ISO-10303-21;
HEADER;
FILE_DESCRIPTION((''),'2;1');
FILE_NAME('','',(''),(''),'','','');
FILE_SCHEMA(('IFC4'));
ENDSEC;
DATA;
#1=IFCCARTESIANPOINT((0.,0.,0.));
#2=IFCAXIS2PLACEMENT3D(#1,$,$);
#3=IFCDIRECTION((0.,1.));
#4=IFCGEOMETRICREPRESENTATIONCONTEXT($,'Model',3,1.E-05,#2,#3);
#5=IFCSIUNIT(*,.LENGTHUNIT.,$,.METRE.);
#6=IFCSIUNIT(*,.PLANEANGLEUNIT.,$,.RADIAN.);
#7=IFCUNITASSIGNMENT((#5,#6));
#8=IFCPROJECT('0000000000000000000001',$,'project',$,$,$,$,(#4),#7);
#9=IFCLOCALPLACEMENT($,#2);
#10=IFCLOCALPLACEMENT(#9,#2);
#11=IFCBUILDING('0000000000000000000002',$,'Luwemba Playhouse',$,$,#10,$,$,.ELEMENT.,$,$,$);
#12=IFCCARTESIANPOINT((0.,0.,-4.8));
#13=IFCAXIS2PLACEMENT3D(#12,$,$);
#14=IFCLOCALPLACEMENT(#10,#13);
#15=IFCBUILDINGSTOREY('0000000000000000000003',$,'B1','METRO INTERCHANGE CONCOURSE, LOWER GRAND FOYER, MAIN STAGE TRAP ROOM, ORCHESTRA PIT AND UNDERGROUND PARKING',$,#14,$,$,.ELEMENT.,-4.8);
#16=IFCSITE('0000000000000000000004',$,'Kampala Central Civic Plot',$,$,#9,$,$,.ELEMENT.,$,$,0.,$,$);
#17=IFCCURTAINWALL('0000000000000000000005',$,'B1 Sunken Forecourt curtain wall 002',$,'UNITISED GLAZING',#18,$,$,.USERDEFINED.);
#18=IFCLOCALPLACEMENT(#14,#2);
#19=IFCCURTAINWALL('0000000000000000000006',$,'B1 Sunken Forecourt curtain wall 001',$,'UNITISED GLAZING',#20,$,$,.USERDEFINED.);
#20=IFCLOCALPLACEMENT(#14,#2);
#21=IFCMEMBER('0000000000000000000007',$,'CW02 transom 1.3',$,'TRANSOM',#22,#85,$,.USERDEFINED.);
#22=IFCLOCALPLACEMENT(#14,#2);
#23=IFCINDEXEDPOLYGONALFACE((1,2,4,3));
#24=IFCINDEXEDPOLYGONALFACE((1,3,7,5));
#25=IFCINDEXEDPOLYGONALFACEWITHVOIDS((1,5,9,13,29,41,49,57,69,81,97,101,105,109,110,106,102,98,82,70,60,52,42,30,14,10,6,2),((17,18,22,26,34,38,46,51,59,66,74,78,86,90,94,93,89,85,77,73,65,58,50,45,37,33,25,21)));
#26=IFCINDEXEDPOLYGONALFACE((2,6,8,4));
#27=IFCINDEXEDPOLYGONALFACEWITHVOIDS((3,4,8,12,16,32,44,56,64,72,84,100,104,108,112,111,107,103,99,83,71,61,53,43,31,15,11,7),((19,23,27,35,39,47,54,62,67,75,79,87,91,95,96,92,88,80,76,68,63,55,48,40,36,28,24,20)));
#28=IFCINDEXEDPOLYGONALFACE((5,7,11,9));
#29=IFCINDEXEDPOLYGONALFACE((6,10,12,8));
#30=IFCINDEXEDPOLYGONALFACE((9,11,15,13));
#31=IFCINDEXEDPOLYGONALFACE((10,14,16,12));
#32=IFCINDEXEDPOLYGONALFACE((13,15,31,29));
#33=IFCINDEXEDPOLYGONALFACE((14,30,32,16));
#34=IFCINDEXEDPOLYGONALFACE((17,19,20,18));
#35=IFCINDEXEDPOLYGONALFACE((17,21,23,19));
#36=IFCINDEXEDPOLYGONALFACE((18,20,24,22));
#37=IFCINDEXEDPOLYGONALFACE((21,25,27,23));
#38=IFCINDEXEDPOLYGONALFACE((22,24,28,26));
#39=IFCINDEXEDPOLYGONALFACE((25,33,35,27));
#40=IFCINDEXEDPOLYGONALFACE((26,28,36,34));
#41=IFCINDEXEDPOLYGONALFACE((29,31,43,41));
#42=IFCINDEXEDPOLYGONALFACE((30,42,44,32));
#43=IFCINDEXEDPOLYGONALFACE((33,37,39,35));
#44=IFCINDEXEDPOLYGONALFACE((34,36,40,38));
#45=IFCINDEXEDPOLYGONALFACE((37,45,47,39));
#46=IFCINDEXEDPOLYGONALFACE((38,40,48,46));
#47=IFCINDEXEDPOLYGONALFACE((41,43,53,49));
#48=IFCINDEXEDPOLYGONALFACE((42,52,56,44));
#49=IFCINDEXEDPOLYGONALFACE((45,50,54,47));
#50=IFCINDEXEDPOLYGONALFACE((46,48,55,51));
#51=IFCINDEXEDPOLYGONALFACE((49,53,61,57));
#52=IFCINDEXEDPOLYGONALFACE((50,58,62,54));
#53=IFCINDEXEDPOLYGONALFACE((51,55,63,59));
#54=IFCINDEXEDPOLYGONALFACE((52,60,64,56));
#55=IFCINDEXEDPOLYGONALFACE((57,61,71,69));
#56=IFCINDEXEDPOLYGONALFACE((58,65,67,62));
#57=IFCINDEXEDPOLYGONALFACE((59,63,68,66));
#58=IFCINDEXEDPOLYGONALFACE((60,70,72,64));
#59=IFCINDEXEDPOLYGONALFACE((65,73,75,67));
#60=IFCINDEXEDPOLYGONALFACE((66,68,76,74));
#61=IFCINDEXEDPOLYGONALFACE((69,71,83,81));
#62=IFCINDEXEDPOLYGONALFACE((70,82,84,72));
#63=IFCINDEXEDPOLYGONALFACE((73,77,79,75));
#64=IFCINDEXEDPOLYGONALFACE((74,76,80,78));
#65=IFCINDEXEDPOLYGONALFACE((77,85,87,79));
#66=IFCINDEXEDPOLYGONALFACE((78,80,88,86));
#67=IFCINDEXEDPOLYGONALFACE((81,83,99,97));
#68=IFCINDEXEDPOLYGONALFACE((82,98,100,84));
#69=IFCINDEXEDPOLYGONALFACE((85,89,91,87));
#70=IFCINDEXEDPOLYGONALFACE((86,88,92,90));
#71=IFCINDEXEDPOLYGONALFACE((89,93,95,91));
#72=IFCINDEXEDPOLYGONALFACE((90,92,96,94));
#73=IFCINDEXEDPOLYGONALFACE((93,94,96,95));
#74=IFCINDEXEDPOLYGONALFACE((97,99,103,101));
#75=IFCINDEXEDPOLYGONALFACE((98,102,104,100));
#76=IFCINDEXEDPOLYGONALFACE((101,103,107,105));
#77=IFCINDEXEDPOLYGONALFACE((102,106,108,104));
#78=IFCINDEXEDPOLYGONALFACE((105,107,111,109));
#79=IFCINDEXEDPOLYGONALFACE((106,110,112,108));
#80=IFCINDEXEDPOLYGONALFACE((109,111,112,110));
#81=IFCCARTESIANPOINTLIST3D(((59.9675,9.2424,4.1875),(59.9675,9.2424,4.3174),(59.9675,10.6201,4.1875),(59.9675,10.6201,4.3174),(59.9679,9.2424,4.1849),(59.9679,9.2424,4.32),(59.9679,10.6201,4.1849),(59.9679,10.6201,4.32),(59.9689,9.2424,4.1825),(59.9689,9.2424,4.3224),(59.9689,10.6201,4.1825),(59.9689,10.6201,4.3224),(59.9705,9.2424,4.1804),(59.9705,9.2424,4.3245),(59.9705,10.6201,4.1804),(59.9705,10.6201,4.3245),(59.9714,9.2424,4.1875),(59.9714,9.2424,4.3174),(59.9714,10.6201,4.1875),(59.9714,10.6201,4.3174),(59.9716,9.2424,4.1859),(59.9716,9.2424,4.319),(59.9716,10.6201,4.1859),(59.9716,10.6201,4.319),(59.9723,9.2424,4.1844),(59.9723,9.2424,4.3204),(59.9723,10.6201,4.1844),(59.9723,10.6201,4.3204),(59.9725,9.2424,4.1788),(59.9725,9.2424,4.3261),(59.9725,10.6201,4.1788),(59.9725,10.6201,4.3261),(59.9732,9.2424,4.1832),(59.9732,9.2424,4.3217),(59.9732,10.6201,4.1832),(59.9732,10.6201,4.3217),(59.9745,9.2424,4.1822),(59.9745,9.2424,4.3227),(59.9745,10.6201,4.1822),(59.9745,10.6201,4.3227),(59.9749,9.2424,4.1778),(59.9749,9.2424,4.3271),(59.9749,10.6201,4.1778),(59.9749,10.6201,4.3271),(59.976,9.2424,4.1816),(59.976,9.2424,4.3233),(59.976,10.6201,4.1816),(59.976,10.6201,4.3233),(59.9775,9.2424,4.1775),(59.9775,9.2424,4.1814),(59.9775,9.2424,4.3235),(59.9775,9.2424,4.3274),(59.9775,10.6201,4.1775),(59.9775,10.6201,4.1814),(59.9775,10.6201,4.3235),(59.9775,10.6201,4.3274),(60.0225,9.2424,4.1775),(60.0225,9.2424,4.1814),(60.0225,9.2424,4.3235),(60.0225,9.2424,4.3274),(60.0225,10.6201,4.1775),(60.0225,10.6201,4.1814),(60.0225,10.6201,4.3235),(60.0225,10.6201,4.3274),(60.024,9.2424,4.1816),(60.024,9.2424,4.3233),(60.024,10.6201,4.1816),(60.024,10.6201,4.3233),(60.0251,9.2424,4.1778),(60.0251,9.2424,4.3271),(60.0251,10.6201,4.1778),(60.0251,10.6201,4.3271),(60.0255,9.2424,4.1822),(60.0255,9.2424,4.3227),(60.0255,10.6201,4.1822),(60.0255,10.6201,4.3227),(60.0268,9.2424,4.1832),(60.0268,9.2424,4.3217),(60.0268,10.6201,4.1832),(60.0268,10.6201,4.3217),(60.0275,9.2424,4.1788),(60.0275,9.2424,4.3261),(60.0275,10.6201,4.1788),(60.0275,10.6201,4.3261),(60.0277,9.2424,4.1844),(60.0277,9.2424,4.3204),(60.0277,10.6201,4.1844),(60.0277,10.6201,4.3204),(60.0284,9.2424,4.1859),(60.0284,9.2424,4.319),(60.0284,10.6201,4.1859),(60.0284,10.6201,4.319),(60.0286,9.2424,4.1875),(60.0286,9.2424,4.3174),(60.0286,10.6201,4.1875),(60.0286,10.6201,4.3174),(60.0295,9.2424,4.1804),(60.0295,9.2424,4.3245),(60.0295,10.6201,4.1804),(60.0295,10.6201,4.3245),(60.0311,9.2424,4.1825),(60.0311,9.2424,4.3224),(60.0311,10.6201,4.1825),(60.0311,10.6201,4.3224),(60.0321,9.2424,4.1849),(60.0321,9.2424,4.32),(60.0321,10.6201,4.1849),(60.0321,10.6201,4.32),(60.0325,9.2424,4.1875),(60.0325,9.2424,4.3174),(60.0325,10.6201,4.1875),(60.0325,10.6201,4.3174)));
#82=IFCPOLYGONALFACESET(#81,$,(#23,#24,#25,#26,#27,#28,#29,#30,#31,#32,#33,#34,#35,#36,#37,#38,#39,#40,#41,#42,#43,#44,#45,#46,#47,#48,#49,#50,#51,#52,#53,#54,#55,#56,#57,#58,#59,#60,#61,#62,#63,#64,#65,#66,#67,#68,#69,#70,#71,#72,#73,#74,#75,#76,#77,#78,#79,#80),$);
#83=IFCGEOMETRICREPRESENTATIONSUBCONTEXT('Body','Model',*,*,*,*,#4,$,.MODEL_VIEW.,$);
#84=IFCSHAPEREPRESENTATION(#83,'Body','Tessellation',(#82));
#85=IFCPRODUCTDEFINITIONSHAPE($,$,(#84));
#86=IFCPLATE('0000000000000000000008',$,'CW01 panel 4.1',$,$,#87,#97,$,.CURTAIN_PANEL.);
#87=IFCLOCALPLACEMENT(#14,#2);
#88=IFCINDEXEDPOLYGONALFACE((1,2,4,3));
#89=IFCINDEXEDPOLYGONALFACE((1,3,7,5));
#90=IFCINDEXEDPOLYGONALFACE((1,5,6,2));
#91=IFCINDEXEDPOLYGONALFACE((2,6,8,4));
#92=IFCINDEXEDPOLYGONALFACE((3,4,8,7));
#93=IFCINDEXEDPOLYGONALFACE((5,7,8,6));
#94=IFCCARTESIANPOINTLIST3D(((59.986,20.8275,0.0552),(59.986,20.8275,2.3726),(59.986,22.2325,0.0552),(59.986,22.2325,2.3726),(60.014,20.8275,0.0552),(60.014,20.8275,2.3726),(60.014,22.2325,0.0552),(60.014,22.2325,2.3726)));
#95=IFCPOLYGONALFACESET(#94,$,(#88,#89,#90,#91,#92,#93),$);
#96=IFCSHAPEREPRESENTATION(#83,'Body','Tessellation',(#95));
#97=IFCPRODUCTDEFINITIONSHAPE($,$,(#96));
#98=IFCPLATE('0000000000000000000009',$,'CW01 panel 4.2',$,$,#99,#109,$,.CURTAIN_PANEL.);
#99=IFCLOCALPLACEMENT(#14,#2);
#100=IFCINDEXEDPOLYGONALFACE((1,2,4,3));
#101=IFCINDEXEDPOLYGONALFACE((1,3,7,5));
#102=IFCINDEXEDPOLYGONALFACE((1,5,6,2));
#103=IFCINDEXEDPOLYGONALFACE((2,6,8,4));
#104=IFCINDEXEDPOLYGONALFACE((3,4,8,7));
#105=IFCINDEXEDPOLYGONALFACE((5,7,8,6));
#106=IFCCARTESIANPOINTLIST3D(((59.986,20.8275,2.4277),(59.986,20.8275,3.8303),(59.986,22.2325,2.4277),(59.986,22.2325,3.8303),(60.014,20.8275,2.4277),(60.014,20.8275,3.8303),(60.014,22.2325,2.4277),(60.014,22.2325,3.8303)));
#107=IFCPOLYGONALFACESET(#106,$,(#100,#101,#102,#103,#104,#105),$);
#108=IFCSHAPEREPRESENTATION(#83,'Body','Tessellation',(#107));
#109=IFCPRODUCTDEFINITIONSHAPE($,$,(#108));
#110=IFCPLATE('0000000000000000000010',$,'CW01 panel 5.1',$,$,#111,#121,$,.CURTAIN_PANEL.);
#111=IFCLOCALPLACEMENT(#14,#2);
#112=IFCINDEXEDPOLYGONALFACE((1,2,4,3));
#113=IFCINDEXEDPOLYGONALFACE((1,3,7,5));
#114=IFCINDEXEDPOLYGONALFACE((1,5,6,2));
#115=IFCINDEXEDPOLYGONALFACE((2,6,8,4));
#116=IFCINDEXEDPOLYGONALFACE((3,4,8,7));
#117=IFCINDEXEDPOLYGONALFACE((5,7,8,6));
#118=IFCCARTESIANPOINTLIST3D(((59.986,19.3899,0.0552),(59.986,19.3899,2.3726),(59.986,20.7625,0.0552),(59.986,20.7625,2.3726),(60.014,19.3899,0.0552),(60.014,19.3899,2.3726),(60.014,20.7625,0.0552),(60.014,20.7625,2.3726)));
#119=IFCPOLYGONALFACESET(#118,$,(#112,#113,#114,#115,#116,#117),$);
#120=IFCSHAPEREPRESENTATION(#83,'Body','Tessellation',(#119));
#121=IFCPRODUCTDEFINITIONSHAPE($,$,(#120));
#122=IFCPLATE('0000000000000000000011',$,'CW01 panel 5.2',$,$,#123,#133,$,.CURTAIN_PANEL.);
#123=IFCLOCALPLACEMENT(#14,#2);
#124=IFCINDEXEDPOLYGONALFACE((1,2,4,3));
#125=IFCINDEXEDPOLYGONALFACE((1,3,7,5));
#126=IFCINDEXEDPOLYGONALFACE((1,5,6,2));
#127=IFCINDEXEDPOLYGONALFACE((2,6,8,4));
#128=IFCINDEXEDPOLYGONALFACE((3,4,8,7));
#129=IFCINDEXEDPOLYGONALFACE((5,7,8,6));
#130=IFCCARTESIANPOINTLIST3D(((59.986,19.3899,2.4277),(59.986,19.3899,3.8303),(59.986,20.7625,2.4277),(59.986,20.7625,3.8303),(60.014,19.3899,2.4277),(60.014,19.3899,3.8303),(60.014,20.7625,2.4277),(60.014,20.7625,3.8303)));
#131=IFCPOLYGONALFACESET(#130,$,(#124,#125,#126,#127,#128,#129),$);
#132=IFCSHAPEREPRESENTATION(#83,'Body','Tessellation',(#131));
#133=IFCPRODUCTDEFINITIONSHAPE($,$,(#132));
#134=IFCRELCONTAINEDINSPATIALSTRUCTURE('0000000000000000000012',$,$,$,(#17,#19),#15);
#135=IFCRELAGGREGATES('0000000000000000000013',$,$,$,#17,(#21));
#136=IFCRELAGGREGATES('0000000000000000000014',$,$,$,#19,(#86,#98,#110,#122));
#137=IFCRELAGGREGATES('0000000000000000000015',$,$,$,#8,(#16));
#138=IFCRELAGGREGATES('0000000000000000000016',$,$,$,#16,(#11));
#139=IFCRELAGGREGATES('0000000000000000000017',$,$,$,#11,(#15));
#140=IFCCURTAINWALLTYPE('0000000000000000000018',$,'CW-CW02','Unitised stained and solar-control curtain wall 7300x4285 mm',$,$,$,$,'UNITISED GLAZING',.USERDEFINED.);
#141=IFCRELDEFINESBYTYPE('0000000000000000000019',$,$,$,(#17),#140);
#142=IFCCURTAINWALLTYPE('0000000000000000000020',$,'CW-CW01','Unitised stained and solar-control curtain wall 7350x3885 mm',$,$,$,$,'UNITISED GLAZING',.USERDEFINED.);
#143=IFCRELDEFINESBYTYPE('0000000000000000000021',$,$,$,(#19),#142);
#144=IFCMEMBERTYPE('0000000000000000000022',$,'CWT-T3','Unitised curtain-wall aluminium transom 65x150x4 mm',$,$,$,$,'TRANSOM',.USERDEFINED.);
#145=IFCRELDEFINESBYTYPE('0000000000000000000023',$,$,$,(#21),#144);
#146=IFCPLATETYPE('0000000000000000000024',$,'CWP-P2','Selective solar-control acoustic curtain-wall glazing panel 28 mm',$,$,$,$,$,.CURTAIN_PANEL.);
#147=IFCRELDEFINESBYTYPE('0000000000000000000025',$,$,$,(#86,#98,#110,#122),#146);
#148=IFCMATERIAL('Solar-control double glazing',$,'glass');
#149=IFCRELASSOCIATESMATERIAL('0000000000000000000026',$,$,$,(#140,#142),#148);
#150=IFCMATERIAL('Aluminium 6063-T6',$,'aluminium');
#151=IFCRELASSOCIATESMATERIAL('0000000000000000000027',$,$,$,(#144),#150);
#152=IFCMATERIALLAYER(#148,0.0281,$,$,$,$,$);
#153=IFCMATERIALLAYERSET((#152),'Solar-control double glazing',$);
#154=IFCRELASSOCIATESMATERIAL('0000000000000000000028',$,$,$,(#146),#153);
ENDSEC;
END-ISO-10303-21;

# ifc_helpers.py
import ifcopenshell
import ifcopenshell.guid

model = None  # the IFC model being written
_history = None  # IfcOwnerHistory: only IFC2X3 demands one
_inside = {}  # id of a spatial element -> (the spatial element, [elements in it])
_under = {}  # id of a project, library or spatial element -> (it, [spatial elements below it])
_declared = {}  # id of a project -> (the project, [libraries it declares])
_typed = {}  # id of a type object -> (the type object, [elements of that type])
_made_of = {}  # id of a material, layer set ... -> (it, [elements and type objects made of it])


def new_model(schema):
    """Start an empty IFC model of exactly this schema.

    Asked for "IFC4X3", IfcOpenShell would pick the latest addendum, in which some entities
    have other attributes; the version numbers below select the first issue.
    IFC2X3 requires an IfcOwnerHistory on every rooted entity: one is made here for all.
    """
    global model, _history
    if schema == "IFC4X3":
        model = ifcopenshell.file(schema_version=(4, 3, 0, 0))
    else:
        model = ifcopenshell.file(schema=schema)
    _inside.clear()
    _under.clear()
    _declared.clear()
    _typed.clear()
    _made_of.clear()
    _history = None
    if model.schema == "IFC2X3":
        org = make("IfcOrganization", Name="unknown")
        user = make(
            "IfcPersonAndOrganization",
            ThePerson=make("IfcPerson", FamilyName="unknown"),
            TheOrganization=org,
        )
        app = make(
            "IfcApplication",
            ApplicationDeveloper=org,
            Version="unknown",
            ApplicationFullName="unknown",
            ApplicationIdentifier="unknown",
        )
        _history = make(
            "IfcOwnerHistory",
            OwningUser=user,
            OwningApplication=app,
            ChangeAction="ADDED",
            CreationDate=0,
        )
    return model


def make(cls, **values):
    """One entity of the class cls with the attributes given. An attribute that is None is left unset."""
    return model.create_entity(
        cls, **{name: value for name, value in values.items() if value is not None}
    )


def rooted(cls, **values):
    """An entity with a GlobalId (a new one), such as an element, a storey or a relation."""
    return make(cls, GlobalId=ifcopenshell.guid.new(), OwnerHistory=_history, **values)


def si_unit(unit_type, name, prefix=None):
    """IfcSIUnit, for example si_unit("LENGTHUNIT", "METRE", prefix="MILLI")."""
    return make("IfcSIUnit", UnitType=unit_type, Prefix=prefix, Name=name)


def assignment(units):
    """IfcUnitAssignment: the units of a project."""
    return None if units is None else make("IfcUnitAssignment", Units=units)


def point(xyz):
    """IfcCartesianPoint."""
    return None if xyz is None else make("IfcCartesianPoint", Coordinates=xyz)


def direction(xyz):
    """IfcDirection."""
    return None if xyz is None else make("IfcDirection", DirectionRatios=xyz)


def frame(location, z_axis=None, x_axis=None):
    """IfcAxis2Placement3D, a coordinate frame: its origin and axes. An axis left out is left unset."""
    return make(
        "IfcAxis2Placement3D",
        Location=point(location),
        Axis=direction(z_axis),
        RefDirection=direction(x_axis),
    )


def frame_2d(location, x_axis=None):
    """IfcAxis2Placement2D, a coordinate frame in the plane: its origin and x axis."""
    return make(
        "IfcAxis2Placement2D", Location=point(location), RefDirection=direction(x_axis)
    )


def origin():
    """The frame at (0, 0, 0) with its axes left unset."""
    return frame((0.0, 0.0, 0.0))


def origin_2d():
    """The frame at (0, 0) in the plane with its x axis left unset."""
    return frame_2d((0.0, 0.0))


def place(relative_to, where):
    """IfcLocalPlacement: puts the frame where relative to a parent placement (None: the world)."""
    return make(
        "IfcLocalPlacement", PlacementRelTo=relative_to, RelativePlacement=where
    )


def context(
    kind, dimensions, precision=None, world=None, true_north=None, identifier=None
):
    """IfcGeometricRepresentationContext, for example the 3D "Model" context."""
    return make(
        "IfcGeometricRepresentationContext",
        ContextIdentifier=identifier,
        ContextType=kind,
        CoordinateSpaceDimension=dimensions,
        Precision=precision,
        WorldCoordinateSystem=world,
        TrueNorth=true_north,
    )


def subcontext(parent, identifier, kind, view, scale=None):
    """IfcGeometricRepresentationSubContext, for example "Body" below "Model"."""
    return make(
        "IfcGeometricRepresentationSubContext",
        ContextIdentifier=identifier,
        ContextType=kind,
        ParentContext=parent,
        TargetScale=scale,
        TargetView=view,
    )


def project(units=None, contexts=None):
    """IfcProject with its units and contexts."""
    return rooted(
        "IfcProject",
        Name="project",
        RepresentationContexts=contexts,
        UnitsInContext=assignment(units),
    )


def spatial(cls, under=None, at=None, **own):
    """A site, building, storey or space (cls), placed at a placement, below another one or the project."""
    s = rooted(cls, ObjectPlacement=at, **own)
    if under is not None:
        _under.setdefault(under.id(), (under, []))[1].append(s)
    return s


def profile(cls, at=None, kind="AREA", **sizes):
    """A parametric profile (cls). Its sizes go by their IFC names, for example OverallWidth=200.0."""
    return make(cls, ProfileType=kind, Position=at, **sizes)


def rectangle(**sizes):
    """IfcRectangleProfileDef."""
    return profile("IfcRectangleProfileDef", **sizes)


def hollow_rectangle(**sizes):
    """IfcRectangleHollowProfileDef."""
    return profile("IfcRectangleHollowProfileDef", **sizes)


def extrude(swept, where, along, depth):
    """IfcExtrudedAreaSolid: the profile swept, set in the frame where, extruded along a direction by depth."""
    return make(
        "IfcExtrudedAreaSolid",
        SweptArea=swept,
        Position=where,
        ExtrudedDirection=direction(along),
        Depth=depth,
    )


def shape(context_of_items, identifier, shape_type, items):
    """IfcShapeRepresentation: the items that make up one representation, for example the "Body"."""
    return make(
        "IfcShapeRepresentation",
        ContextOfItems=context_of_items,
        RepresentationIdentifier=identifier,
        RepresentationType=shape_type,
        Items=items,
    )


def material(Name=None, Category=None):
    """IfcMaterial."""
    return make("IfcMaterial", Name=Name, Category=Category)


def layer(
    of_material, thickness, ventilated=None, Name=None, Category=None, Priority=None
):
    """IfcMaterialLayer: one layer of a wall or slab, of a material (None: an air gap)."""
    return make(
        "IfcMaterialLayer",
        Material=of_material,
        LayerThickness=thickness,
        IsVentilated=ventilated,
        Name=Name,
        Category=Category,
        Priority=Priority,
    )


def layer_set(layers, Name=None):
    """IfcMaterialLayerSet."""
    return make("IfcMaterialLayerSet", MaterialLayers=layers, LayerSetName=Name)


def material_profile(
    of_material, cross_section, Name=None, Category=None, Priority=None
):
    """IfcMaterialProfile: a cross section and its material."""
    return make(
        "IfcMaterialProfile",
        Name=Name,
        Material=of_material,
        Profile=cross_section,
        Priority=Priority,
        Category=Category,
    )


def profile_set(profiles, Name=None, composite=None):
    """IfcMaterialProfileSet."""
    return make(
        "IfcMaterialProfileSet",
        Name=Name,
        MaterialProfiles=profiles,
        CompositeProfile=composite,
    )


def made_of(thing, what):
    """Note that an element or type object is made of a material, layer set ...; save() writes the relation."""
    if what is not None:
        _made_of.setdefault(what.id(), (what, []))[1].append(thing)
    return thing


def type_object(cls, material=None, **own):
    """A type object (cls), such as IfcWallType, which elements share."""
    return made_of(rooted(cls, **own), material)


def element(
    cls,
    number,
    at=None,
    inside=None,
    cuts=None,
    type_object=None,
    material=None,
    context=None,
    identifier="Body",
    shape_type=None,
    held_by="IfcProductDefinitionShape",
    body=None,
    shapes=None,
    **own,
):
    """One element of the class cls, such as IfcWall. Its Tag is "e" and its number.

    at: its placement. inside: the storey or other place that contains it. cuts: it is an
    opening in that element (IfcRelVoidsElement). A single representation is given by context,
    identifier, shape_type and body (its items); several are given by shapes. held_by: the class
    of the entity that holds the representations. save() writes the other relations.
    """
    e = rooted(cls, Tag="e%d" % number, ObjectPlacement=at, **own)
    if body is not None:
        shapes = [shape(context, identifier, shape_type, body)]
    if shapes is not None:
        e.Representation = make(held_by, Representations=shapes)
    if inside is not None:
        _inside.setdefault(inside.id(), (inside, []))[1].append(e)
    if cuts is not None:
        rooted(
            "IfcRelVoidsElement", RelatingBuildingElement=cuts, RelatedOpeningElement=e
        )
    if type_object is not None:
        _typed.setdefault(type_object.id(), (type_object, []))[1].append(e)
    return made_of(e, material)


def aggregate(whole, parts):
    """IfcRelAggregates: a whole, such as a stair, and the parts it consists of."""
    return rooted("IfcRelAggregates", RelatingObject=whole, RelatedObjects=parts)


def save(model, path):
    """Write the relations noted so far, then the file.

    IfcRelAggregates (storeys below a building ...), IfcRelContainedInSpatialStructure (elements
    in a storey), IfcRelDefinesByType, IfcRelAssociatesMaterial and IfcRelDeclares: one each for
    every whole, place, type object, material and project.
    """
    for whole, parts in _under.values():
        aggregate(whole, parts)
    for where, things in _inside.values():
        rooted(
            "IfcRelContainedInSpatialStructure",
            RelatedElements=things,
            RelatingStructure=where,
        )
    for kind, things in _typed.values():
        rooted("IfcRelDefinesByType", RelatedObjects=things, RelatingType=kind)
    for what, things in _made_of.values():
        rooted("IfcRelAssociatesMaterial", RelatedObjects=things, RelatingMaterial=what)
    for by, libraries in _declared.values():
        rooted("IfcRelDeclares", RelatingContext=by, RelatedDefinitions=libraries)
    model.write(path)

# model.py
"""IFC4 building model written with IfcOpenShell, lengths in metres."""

from ifc_helpers import new_model, si_unit, direction, frame, origin, origin_2d, place, context, subcontext, project, spatial, rectangle, hollow_rectangle, extrude, material, layer, layer_set, material_profile, profile_set, type_object, element, aggregate, save


model = new_model("IFC4")

# Units and contexts
model_context = context("Model", 3, precision=1e-05, world=origin(), true_north=direction((0.0, 1.0)))
body_context = subcontext(model_context, "Body", "Model", "MODEL_VIEW")
ifc_project = project(units=[si_unit("LENGTHUNIT", "METRE"), si_unit("PLANEANGLEUNIT", "RADIAN")], contexts=[model_context])

# Site, building, storey
site_placement = place(None, origin())
site = spatial("IfcSite", under=ifc_project, at=site_placement, Name="Kampala Central Civic Plot", CompositionType="ELEMENT", RefElevation=0.0)
building_placement = place(site_placement, origin())
building = spatial("IfcBuilding", under=site, at=building_placement, Name="Luwemba Playhouse", CompositionType="ELEMENT")
storey_placement = place(building_placement, frame((0.0, 0.0, -4.8)))
storey = spatial("IfcBuildingStorey", under=building, at=storey_placement, Name="B1", Description="METRO INTERCHANGE CONCOURSE, LOWER GRAND FOYER, MAIN STAGE TRAP ROOM, ORCHESTRA PIT AND UNDERGROUND PARKING", CompositionType="ELEMENT", Elevation=-4.8)

# Curtain wall
ifc_material_1 = material(Name="Solar-control double glazing", Category="glass")
curtain_wall_type_1 = type_object("IfcCurtainWallType", Name="CW-CW02", Description="Unitised stained and solar-control curtain wall 7300x4285 mm", ElementType="UNITISED GLAZING", PredefinedType="USERDEFINED", material=ifc_material_1)
curtain_wall_1_placement = place(storey_placement, origin())
curtain_wall_1 = element("IfcCurtainWall", 1, at=curtain_wall_1_placement, inside=storey, type_object=curtain_wall_type_1, Name="B1 Sunken Forecourt curtain wall 002", ObjectType="UNITISED GLAZING", PredefinedType="USERDEFINED")
ifc_material_2 = material(Name="Aluminium 6063-T6", Category="aluminium")

# Curtain wall
curtain_wall_type_2 = type_object("IfcCurtainWallType", Name="CW-CW01", Description="Unitised stained and solar-control curtain wall 7350x3885 mm", ElementType="UNITISED GLAZING", PredefinedType="USERDEFINED", material=ifc_material_1)
curtain_wall_2_placement = place(storey_placement, origin())
curtain_wall_2 = element("IfcCurtainWall", 2, at=curtain_wall_2_placement, inside=storey, type_object=curtain_wall_type_2, Name="B1 Sunken Forecourt curtain wall 001", ObjectType="UNITISED GLAZING", PredefinedType="USERDEFINED")

# Member
ifc_material_profile_1 = material_profile(ifc_material_2, hollow_rectangle(XDim=0.0649, YDim=0.1499, WallThickness=0.0039, InnerFilletRadius=0.0061, OuterFilletRadius=0.01, at=origin_2d()))
ifc_profile_set_1 = profile_set([ifc_material_profile_1], Name="Aluminium 6063-T6")
member_type_1 = type_object("IfcMemberType", Name="CWT-T3", Description="Unitised curtain-wall aluminium transom 65x150x4 mm", ElementType="TRANSOM", PredefinedType="USERDEFINED", material=ifc_profile_set_1)
member_1_placement = place(storey_placement, frame((60.0, 10.6201, 4.2524), z_axis=(0.0, -1.0, 0.0), x_axis=(1.0, 0.0, 0.0)))
member_1 = element("IfcMember", 3, at=member_1_placement, type_object=member_type_1, Name="CW02 transom 1.3", ObjectType="TRANSOM", PredefinedType="USERDEFINED", context=body_context, shape_type="SweptSolid", body=[
    extrude(hollow_rectangle(XDim=0.0649, YDim=0.1499, WallThickness=0.0039, InnerFilletRadius=0.0061, OuterFilletRadius=0.01, at=origin_2d()), origin(), (0.0, 0.0, 1.0), 1.3777),
])
aggregate(curtain_wall_1, [member_1])

# Plates
ifc_layer_1 = layer(ifc_material_1, 0.0281)
ifc_layer_set_1 = layer_set([ifc_layer_1], Name="Solar-control double glazing")
plate_type = type_object("IfcPlateType", Name="CWP-P2", Description="Selective solar-control acoustic curtain-wall glazing panel 28 mm", PredefinedType="CURTAIN_PANEL", material=ifc_layer_set_1)
plate_1_placement = place(storey_placement, frame((60.0, 21.53, 0.0552), z_axis=(0.0, 0.0, 1.0), x_axis=(0.0, -1.0, 0.0)))
plate_1 = element("IfcPlate", 4, at=plate_1_placement, type_object=plate_type, Name="CW01 panel 4.1", PredefinedType="CURTAIN_PANEL", context=body_context, shape_type="SweptSolid", body=[
    extrude(rectangle(XDim=1.405, YDim=0.0281, at=origin_2d()), origin(), (0.0, 0.0, 1.0), 2.3174),
])
plate_2_placement = place(storey_placement, frame((60.0, 21.53, 2.4277), z_axis=(0.0, 0.0, 1.0), x_axis=(0.0, -1.0, 0.0)))
plate_2 = element("IfcPlate", 5, at=plate_2_placement, type_object=plate_type, Name="CW01 panel 4.2", PredefinedType="CURTAIN_PANEL", context=body_context, shape_type="SweptSolid", body=[
    extrude(rectangle(XDim=1.405, YDim=0.0281, at=origin_2d()), origin(), (0.0, 0.0, 1.0), 1.4026),
])
plate_3_placement = place(storey_placement, frame((60.0, 20.0762, 0.0552), z_axis=(0.0, 0.0, 1.0), x_axis=(0.0, -1.0, 0.0)))
plate_3 = element("IfcPlate", 6, at=plate_3_placement, type_object=plate_type, Name="CW01 panel 5.1", PredefinedType="CURTAIN_PANEL", context=body_context, shape_type="SweptSolid", body=[
    extrude(rectangle(XDim=1.3726, YDim=0.0281, at=origin_2d()), origin(), (0.0, 0.0, 1.0), 2.3174),
])
plate_4_placement = place(storey_placement, frame((60.0, 20.0762, 2.4277), z_axis=(0.0, 0.0, 1.0), x_axis=(0.0, -1.0, 0.0)))
plate_4 = element("IfcPlate", 7, at=plate_4_placement, type_object=plate_type, Name="CW01 panel 5.2", PredefinedType="CURTAIN_PANEL", context=body_context, shape_type="SweptSolid", body=[
    extrude(rectangle(XDim=1.3726, YDim=0.0281, at=origin_2d()), origin(), (0.0, 0.0, 1.0), 1.4026),
])
aggregate(curtain_wall_2, [plate_1, plate_2, plate_3, plate_4])

save(model, "model.ifc")
